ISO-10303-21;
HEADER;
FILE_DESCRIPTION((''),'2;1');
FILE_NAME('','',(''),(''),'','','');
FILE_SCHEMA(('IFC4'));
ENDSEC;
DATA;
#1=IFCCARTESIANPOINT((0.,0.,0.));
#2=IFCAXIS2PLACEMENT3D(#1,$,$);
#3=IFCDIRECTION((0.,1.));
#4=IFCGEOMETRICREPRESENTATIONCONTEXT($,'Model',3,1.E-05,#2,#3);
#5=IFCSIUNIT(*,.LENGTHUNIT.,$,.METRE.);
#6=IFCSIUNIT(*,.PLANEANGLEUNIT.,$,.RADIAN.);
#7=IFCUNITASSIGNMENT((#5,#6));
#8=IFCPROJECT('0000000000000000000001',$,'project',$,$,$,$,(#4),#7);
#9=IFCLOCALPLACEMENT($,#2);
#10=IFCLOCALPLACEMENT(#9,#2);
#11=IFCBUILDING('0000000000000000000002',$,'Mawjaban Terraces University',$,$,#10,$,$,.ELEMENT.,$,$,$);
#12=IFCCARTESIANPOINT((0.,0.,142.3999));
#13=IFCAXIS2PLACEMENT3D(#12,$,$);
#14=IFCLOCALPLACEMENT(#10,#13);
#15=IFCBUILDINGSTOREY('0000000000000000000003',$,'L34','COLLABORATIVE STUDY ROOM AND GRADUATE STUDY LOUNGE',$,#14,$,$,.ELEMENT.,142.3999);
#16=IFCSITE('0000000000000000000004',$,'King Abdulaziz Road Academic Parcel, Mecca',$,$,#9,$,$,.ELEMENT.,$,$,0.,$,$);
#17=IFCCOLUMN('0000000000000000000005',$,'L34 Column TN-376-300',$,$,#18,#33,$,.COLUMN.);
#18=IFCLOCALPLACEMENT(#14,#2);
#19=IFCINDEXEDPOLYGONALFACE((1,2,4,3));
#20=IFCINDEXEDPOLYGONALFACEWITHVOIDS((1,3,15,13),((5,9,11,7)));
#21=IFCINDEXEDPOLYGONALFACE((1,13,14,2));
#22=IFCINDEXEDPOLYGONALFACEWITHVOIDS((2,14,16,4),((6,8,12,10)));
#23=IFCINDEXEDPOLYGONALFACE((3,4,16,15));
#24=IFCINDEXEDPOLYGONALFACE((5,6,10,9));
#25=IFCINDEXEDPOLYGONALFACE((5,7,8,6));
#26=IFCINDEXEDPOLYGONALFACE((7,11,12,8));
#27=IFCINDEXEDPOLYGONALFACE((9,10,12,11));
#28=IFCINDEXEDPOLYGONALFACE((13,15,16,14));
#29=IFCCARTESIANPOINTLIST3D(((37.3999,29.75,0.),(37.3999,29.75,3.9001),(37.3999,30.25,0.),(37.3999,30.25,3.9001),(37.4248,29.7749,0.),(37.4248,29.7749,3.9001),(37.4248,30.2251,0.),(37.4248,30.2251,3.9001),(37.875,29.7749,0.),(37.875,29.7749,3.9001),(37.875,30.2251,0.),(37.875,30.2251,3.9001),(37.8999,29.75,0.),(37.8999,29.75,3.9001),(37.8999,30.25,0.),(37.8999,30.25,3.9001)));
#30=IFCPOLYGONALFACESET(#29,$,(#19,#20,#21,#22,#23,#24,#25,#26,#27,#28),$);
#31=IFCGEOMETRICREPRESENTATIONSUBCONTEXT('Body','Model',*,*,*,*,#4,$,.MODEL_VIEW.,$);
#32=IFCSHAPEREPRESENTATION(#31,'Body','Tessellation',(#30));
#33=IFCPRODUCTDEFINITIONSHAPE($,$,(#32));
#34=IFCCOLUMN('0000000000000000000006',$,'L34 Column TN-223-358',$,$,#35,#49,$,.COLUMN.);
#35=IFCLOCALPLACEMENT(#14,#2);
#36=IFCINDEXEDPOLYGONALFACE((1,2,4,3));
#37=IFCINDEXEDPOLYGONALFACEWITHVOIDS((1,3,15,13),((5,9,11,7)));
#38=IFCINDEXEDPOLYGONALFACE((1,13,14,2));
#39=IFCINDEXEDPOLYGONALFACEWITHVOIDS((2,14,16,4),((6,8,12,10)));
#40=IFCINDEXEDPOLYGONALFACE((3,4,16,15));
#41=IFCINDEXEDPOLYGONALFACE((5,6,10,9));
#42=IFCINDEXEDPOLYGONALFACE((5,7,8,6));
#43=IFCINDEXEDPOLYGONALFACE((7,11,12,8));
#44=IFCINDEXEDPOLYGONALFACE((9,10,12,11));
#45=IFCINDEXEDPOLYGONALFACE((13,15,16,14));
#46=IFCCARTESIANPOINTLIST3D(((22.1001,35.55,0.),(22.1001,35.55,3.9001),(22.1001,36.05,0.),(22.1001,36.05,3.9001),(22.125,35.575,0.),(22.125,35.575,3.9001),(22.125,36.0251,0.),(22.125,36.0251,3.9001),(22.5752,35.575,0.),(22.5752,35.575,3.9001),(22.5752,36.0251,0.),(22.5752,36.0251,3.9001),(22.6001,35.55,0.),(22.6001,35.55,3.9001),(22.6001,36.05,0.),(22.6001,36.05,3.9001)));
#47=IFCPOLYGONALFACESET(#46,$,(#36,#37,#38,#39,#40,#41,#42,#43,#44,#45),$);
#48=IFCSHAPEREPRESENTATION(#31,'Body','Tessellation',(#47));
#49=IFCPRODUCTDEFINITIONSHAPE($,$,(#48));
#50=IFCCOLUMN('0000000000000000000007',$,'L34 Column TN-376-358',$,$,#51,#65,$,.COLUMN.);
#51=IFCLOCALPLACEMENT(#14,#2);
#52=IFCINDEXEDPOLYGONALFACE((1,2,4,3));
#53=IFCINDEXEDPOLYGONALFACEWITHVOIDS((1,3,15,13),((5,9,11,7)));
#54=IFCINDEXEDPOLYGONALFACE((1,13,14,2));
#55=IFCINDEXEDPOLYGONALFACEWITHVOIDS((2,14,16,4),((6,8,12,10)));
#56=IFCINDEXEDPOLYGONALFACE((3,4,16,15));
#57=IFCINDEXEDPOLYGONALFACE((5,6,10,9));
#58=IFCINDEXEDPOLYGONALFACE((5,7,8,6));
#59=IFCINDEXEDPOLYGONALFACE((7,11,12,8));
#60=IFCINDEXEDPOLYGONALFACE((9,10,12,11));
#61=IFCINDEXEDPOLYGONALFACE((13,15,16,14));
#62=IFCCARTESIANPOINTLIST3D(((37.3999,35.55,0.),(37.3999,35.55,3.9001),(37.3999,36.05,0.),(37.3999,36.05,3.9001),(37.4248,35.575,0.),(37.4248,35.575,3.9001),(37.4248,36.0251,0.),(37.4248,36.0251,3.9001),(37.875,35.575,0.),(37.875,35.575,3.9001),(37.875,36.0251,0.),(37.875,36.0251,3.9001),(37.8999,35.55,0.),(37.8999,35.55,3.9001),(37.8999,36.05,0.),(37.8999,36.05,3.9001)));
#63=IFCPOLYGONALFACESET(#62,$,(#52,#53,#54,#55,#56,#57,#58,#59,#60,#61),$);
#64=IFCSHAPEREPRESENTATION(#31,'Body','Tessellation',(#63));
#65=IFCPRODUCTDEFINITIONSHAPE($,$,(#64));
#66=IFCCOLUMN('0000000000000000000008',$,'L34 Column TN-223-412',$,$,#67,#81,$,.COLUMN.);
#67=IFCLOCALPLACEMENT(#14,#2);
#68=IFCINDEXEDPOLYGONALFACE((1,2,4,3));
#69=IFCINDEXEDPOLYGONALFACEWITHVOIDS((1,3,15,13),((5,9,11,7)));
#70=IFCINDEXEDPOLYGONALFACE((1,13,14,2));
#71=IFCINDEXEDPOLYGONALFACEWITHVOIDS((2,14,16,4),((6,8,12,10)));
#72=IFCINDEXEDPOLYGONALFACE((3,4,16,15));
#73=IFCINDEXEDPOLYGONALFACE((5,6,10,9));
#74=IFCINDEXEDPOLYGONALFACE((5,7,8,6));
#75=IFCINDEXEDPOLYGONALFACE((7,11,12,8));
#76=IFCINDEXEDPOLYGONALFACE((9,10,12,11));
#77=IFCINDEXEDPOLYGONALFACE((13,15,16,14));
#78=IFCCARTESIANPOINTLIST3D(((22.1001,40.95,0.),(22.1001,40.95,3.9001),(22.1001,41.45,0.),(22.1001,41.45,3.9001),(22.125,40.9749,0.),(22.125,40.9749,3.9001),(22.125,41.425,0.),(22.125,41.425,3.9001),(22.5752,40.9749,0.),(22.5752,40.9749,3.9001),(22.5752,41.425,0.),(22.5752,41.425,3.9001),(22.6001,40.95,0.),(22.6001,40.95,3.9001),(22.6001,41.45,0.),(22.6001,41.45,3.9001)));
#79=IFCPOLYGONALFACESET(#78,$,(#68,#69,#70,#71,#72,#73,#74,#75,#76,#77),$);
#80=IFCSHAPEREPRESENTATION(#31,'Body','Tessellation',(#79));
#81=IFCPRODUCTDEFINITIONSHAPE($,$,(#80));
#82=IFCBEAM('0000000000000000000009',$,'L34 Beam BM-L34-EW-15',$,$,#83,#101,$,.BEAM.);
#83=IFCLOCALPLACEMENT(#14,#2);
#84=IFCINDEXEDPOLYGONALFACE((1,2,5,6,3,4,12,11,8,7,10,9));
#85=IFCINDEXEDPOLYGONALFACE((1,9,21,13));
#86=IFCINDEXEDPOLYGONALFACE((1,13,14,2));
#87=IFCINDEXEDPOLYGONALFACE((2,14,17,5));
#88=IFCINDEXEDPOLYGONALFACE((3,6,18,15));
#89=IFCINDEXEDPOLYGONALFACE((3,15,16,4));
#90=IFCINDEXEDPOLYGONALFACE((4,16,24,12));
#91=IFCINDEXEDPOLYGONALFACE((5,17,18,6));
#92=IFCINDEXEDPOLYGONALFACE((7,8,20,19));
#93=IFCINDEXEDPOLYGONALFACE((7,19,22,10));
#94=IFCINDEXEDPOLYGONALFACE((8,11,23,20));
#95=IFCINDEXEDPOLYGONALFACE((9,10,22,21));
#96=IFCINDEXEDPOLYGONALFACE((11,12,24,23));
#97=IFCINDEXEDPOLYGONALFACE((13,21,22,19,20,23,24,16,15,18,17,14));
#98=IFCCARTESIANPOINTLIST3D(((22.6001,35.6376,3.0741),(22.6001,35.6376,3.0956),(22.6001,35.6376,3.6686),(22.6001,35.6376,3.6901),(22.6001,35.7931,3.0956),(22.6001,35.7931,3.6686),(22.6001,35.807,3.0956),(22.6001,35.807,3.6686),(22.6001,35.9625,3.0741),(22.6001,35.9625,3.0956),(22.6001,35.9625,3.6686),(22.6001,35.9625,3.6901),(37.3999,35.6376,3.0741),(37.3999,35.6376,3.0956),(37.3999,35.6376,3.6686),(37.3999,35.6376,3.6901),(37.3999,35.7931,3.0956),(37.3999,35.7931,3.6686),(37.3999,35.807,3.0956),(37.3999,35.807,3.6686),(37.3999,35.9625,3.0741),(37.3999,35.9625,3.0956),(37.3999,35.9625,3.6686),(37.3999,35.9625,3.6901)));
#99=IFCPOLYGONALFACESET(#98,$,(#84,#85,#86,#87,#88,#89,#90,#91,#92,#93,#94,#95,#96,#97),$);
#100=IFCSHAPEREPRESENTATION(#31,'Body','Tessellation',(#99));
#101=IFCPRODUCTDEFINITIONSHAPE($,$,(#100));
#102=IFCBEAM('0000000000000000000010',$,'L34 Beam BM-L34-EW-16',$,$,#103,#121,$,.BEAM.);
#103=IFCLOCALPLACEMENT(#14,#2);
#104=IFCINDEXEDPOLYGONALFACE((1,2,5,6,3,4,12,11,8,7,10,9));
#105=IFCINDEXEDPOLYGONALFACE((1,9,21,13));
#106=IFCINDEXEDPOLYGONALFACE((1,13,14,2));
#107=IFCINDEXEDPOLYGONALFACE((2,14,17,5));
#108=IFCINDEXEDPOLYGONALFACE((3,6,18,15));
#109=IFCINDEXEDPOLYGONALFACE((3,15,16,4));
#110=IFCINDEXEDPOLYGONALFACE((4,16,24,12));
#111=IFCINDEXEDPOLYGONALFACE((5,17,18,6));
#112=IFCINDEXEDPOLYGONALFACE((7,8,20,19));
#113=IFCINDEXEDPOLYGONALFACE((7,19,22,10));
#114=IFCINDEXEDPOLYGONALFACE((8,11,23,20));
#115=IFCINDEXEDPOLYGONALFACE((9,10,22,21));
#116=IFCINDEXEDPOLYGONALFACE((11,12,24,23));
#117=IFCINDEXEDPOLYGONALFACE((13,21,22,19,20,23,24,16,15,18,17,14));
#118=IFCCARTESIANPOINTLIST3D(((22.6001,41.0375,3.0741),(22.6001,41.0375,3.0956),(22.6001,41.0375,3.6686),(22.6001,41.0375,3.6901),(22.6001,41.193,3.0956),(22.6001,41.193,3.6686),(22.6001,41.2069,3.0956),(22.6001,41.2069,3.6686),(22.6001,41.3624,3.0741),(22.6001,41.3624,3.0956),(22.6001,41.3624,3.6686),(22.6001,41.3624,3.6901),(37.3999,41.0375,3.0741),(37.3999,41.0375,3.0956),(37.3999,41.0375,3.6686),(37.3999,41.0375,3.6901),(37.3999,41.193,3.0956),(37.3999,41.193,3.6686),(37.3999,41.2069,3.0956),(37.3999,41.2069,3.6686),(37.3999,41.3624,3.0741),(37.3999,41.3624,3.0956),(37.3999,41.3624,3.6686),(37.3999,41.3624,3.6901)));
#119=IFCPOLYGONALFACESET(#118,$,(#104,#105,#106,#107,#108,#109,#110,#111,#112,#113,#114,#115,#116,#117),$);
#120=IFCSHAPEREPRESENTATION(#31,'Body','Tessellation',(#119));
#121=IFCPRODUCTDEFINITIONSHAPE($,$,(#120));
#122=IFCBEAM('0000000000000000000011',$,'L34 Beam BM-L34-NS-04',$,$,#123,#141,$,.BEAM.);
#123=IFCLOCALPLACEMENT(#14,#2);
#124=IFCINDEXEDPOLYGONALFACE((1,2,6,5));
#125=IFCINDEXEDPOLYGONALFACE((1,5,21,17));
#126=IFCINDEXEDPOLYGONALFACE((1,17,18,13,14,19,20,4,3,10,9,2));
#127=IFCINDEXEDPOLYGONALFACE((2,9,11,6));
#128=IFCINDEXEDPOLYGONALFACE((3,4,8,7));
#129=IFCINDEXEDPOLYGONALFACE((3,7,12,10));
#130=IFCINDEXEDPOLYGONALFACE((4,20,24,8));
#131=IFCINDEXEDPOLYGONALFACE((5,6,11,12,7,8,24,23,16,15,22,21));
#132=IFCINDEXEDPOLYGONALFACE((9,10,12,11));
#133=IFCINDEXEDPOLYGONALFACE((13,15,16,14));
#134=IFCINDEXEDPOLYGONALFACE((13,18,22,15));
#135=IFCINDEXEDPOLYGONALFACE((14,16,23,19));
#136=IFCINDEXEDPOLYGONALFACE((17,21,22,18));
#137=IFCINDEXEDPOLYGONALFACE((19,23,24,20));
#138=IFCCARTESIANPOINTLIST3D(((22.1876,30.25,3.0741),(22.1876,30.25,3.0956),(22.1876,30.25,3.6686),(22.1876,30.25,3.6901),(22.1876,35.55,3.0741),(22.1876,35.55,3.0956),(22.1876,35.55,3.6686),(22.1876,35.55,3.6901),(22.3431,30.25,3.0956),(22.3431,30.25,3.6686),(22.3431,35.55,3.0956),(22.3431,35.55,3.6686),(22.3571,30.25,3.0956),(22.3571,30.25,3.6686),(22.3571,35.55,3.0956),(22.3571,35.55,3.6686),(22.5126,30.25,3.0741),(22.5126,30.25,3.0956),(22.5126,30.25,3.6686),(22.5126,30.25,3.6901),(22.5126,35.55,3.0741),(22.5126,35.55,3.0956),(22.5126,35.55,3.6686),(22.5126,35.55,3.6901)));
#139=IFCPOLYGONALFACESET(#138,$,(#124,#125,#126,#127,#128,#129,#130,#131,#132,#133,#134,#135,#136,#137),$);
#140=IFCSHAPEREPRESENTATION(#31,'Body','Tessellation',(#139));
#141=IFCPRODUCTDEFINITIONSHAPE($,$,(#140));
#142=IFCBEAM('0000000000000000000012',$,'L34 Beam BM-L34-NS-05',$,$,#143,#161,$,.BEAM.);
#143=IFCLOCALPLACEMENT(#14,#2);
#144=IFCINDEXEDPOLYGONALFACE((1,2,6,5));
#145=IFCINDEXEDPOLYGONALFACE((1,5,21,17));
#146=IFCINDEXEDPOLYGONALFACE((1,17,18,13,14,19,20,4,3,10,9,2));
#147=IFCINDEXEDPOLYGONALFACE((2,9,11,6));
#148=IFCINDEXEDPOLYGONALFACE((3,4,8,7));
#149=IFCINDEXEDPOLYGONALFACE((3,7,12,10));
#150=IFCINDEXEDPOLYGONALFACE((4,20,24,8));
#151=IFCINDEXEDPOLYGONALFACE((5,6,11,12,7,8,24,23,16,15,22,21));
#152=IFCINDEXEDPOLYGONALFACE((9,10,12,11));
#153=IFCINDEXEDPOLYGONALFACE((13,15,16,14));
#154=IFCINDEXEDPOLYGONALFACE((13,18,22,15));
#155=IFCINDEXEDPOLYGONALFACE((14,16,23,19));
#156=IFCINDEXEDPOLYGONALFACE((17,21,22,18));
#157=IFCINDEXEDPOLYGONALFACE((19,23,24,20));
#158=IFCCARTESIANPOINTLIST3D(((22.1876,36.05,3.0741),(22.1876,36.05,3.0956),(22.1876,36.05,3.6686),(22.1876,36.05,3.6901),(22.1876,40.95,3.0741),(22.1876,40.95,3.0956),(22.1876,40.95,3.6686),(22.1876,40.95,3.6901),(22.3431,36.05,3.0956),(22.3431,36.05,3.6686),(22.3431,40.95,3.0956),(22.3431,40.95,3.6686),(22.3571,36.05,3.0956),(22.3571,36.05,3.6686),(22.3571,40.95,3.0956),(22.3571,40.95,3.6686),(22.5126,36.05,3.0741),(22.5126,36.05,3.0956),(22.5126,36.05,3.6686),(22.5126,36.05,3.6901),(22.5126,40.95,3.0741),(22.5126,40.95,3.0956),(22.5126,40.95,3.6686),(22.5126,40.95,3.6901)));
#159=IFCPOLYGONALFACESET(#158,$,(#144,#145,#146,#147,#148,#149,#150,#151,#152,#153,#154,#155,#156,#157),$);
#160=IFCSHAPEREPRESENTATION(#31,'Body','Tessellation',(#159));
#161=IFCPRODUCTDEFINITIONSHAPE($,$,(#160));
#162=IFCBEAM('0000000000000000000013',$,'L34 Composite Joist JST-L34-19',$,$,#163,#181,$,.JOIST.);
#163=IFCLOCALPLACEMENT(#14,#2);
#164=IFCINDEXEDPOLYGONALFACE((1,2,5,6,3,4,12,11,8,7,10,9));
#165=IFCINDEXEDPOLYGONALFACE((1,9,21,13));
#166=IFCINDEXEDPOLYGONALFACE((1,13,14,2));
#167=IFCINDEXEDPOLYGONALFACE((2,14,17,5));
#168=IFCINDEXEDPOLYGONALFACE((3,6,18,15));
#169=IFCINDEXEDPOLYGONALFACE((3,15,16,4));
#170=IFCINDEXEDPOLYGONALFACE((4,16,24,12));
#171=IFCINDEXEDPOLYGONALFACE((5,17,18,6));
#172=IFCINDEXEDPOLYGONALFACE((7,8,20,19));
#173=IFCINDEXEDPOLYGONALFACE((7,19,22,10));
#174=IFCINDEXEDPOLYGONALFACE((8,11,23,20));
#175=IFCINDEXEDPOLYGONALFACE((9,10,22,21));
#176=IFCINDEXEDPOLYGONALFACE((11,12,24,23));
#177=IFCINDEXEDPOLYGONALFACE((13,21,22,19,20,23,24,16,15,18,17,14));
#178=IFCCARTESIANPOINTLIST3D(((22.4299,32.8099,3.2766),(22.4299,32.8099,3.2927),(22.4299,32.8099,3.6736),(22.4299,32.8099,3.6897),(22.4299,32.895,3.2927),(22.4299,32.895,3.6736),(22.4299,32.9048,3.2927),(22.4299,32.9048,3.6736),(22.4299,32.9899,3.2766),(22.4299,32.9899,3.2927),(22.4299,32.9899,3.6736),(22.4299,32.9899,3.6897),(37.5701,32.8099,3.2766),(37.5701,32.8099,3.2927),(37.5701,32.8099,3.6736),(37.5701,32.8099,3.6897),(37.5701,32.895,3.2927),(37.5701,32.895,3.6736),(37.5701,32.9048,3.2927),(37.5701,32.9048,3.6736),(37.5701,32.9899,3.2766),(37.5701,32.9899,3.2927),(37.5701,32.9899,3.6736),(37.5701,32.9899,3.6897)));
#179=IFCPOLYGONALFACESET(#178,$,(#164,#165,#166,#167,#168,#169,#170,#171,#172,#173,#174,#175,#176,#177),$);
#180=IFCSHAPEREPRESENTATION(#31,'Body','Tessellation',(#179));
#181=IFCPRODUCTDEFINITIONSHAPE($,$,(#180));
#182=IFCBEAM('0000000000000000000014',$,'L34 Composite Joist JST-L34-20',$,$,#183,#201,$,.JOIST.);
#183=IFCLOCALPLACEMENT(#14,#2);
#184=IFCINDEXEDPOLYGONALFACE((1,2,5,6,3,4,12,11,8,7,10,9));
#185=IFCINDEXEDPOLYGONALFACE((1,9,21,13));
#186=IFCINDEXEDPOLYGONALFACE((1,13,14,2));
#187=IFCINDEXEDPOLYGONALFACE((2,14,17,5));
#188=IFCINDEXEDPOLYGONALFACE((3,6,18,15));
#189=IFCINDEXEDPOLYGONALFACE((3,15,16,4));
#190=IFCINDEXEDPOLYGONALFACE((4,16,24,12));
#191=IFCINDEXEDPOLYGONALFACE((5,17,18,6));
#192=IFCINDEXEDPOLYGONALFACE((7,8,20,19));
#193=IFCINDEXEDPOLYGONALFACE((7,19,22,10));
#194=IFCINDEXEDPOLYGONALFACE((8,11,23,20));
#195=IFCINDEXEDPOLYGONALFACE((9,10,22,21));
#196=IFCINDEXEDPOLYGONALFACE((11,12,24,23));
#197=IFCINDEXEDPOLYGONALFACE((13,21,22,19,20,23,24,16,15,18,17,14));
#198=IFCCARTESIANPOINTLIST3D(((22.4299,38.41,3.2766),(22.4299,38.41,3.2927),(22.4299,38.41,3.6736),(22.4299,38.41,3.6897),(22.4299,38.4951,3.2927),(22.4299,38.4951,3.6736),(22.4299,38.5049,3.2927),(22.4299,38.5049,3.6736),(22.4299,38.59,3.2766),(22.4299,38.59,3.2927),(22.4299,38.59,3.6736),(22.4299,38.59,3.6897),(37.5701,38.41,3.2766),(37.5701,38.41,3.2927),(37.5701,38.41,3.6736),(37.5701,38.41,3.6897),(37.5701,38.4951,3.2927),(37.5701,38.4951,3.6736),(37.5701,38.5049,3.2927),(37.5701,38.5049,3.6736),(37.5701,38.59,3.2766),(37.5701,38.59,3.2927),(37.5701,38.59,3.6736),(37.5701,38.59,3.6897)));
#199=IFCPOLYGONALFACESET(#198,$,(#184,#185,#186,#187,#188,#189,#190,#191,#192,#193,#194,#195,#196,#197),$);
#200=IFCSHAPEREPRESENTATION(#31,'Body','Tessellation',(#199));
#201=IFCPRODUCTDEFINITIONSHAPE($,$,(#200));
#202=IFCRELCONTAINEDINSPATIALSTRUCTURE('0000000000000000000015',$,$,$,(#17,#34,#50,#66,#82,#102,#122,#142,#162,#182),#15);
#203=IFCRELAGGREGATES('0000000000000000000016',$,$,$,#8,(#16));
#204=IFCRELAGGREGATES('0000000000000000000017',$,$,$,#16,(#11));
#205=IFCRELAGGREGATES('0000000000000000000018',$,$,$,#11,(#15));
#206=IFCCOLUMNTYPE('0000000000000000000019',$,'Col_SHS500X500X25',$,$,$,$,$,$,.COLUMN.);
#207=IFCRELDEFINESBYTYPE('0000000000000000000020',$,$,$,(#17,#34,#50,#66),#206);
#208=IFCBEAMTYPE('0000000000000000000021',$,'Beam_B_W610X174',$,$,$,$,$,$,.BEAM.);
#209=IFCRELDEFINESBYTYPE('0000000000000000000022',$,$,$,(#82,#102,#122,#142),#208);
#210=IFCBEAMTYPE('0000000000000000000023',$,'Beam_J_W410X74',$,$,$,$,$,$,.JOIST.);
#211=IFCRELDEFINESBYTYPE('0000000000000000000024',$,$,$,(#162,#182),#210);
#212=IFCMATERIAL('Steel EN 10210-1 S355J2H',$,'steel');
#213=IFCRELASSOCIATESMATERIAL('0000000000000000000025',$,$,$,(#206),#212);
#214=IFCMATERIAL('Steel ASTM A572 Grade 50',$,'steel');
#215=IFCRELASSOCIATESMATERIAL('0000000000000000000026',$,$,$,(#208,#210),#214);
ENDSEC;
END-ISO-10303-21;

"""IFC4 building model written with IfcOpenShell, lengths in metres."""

from ifc_helpers import new_model, si_unit, direction, frame, origin, origin_2d, place, context, subcontext, project, spatial, hollow_rectangle, i_section, extrude, material, material_profile, profile_set, type_object, element, save


model = new_model("IFC4")

# Units and contexts
model_context = context("Model", 3, precision=1e-05, world=origin(), true_north=direction((0.0, 1.0)))
body_context = subcontext(model_context, "Body", "Model", "MODEL_VIEW")
ifc_project = project(units=[si_unit("LENGTHUNIT", "METRE"), si_unit("PLANEANGLEUNIT", "RADIAN")], contexts=[model_context])

# Site, building, storey
site_placement = place(None, origin())
site = spatial("IfcSite", under=ifc_project, at=site_placement, Name="King Abdulaziz Road Academic Parcel, Mecca", CompositionType="ELEMENT", RefElevation=0.0)
building_placement = place(site_placement, origin())
building = spatial("IfcBuilding", under=site, at=building_placement, Name="Mawjaban Terraces University", CompositionType="ELEMENT")
storey_placement = place(building_placement, frame((0.0, 0.0, 142.3999)))
storey = spatial("IfcBuildingStorey", under=building, at=storey_placement, Name="L34", Description="COLLABORATIVE STUDY ROOM AND GRADUATE STUDY LOUNGE", CompositionType="ELEMENT", Elevation=142.3999)

# Columns
ifc_material_1 = material(Name="Steel EN 10210-1 S355J2H", Category="steel")
ifc_material_profile_1 = material_profile(ifc_material_1, hollow_rectangle(XDim=0.5, YDim=0.5, WallThickness=0.0249, at=origin_2d()), Name="SHS500X500X25")
ifc_profile_set_1 = profile_set([ifc_material_profile_1], Name="Steel EN 10210-1 S355J2H")
column_type = type_object("IfcColumnType", Name="Col_SHS500X500X25", PredefinedType="COLUMN", material=ifc_profile_set_1)
for number, where, z_axis, x_axis, name in (
    (1, (37.6499, 30.0, 0.0), (0.0, 0.0, 1.0), (1.0, 0.0, 0.0), "L34 Column TN-376-300"),
    (2, (22.3501, 35.8, 0.0), (0.0, 0.0, 1.0), (1.0, 0.0, 0.0), "L34 Column TN-223-358"),
    (3, (37.6499, 35.8, 0.0), (0.0, 0.0, 1.0), (1.0, 0.0, 0.0), "L34 Column TN-376-358"),
    (4, (22.3501, 41.2, 0.0), (0.0, 0.0, 1.0), (1.0, 0.0, 0.0), "L34 Column TN-223-412"),
):
    element("IfcColumn", number, at=place(storey_placement, frame(where, z_axis=z_axis, x_axis=x_axis)), inside=storey, type_object=column_type, Name=name, PredefinedType="COLUMN", context=body_context, shape_type="SweptSolid", body=[
        extrude(hollow_rectangle(XDim=0.5, YDim=0.5, WallThickness=0.0249, at=origin_2d()), origin(), (0.0, 0.0, 1.0), 3.9001),
    ])

# Beams
ifc_material_2 = material(Name="Steel ASTM A572 Grade 50", Category="steel")
ifc_material_profile_2 = material_profile(ifc_material_2, i_section(OverallWidth=0.325, OverallDepth=0.616, WebThickness=0.0139, FlangeThickness=0.0215, at=origin_2d()), Name="W610X174")
ifc_profile_set_2 = profile_set([ifc_material_profile_2], Name="Steel ASTM A572 Grade 50")
beam_type_1 = type_object("IfcBeamType", Name="Beam_B_W610X174", PredefinedType="BEAM", material=ifc_profile_set_2)
for number, where, z_axis, x_axis, name in (
    (5, (22.6001, 35.8, 3.3821), (1.0, 0.0, 0.0), (0.0, 1.0, 0.0), "L34 Beam BM-L34-EW-15"),
    (6, (22.6001, 41.2, 3.3821), (1.0, 0.0, 0.0), (0.0, 1.0, 0.0), "L34 Beam BM-L34-EW-16"),
):
    element("IfcBeam", number, at=place(storey_placement, frame(where, z_axis=z_axis, x_axis=x_axis)), inside=storey, type_object=beam_type_1, Name=name, PredefinedType="BEAM", context=body_context, shape_type="SweptSolid", body=[
        extrude(i_section(OverallWidth=0.325, OverallDepth=0.616, WebThickness=0.0139, FlangeThickness=0.0215, at=origin_2d()), origin(), (0.0, 0.0, 1.0), 14.7998),
    ])
beam_1_placement = place(storey_placement, frame((22.3501, 30.25, 3.3821), z_axis=(0.0, 1.0, 0.0), x_axis=(-1.0, 0.0, 0.0)))
element("IfcBeam", 7, at=beam_1_placement, inside=storey, type_object=beam_type_1, Name="L34 Beam BM-L34-NS-04", PredefinedType="BEAM", context=body_context, shape_type="SweptSolid", body=[
    extrude(i_section(OverallWidth=0.325, OverallDepth=0.616, WebThickness=0.0139, FlangeThickness=0.0215, at=origin_2d()), origin(), (0.0, 0.0, 1.0), 5.3),
])
beam_2_placement = place(storey_placement, frame((22.3501, 36.05, 3.3821), z_axis=(0.0, 1.0, 0.0), x_axis=(-1.0, 0.0, 0.0)))
element("IfcBeam", 8, at=beam_2_placement, inside=storey, type_object=beam_type_1, Name="L34 Beam BM-L34-NS-05", PredefinedType="BEAM", context=body_context, shape_type="SweptSolid", body=[
    extrude(i_section(OverallWidth=0.325, OverallDepth=0.616, WebThickness=0.0139, FlangeThickness=0.0215, at=origin_2d()), origin(), (0.0, 0.0, 1.0), 4.8999),
])
ifc_material_profile_3 = material_profile(ifc_material_2, i_section(OverallWidth=0.1799, OverallDepth=0.4131, WebThickness=0.0098, FlangeThickness=0.0161, at=origin_2d()), Name="W410X74")
ifc_profile_set_3 = profile_set([ifc_material_profile_3], Name="Steel ASTM A572 Grade 50")
beam_type_2 = type_object("IfcBeamType", Name="Beam_J_W410X74", PredefinedType="JOIST", material=ifc_profile_set_3)
for number, where, z_axis, x_axis, name in (
    (9, (22.4299, 32.8999, 3.4832), (1.0, 0.0, 0.0), (0.0, 1.0, 0.0), "L34 Composite Joist JST-L34-19"),
    (10, (22.4299, 38.5, 3.4832), (1.0, 0.0, 0.0), (0.0, 1.0, 0.0), "L34 Composite Joist JST-L34-20"),
):
    element("IfcBeam", number, at=place(storey_placement, frame(where, z_axis=z_axis, x_axis=x_axis)), inside=storey, type_object=beam_type_2, Name=name, PredefinedType="JOIST", context=body_context, shape_type="SweptSolid", body=[
        extrude(i_section(OverallWidth=0.1799, OverallDepth=0.4131, WebThickness=0.0098, FlangeThickness=0.0161, at=origin_2d()), origin(), (0.0, 0.0, 1.0), 15.1401),
    ])

save(model, "model.ifc")
